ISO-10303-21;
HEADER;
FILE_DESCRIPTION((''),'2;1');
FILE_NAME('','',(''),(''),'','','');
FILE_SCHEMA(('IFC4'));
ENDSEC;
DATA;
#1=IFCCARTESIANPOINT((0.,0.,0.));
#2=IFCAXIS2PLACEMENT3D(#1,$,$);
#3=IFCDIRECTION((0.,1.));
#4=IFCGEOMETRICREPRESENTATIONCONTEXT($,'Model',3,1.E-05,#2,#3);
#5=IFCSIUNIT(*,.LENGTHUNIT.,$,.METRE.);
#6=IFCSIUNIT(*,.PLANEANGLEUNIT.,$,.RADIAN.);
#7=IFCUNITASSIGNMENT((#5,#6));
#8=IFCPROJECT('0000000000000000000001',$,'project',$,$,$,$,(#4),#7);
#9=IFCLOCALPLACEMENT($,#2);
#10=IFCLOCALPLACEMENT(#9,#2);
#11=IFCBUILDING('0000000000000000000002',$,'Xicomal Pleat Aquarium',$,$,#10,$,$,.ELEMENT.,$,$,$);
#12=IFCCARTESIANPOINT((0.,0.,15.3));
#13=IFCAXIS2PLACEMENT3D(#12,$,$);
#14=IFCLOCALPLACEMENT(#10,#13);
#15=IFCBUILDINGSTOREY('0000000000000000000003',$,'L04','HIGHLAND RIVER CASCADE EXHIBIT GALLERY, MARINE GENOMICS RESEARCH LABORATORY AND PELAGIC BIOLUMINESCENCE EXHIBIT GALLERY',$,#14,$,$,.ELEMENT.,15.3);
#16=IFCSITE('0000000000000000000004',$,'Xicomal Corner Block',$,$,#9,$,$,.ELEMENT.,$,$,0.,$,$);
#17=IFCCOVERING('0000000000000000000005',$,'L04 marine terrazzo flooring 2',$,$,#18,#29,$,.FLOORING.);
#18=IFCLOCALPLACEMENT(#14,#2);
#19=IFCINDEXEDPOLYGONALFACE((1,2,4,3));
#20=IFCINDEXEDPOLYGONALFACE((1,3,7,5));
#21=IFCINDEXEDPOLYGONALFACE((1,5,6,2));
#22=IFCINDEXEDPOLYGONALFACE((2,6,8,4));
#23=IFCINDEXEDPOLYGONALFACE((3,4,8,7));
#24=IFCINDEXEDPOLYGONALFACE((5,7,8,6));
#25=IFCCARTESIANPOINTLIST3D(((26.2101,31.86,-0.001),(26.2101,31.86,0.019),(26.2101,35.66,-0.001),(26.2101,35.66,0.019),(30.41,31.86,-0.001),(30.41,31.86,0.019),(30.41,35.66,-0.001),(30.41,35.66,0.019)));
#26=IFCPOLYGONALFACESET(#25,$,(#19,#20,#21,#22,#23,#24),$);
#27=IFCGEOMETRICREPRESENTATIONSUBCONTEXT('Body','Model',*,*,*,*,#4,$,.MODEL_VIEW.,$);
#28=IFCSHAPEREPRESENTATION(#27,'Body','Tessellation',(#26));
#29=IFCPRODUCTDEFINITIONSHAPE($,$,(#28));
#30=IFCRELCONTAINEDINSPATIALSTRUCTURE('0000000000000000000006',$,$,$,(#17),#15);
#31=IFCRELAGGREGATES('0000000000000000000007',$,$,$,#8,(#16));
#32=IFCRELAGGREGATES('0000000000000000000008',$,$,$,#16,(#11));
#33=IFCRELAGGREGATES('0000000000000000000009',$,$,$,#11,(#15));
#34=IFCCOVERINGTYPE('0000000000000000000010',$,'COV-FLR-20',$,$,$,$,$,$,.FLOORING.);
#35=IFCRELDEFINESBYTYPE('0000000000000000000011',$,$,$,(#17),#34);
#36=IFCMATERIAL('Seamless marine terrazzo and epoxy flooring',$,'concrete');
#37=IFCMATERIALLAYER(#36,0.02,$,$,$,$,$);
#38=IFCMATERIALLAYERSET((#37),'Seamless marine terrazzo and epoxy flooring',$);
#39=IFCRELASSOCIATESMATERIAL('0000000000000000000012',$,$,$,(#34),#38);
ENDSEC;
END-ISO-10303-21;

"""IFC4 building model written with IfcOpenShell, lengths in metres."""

from ifc_helpers import new_model, si_unit, direction, frame, origin, origin_2d, place, context, subcontext, project, spatial, rectangle, extrude, material, layer, layer_set, type_object, element, save


model = new_model("IFC4")

# Units and contexts
model_context = context("Model", 3, precision=1e-05, world=origin(), true_north=direction((0.0, 1.0)))
body_context = subcontext(model_context, "Body", "Model", "MODEL_VIEW")
ifc_project = project(units=[si_unit("LENGTHUNIT", "METRE"), si_unit("PLANEANGLEUNIT", "RADIAN")], contexts=[model_context])

# Site, building, storey
site_placement = place(None, origin())
site = spatial("IfcSite", under=ifc_project, at=site_placement, Name="Xicomal Corner Block", CompositionType="ELEMENT", RefElevation=0.0)
building_placement = place(site_placement, origin())
building = spatial("IfcBuilding", under=site, at=building_placement, Name="Xicomal Pleat Aquarium", CompositionType="ELEMENT")
storey_placement = place(building_placement, frame((0.0, 0.0, 15.3)))
storey = spatial("IfcBuildingStorey", under=building, at=storey_placement, Name="L04", Description="HIGHLAND RIVER CASCADE EXHIBIT GALLERY, MARINE GENOMICS RESEARCH LABORATORY AND PELAGIC BIOLUMINESCENCE EXHIBIT GALLERY", CompositionType="ELEMENT", Elevation=15.3)

# Covering
ifc_material_1 = material(Name="Seamless marine terrazzo and epoxy flooring", Category="concrete")
ifc_layer_1 = layer(ifc_material_1, 0.02)
ifc_layer_set_1 = layer_set([ifc_layer_1], Name="Seamless marine terrazzo and epoxy flooring")
covering_type_1 = type_object("IfcCoveringType", Name="COV-FLR-20", PredefinedType="FLOORING", material=ifc_layer_set_1)
covering_1_placement = place(storey_placement, frame((28.3101, 33.76, -0.001), z_axis=(0.0, 0.0, 1.0), x_axis=(1.0, 0.0, 0.0)))
element("IfcCovering", 1, at=covering_1_placement, inside=storey, type_object=covering_type_1, Name="L04 marine terrazzo flooring 2", PredefinedType="FLOORING", context=body_context, shape_type="SweptSolid", body=[
    extrude(rectangle(XDim=4.2, YDim=3.8, at=origin_2d()), origin(), (0.0, 0.0, 1.0), 0.02),
])

save(model, "model.ifc")
